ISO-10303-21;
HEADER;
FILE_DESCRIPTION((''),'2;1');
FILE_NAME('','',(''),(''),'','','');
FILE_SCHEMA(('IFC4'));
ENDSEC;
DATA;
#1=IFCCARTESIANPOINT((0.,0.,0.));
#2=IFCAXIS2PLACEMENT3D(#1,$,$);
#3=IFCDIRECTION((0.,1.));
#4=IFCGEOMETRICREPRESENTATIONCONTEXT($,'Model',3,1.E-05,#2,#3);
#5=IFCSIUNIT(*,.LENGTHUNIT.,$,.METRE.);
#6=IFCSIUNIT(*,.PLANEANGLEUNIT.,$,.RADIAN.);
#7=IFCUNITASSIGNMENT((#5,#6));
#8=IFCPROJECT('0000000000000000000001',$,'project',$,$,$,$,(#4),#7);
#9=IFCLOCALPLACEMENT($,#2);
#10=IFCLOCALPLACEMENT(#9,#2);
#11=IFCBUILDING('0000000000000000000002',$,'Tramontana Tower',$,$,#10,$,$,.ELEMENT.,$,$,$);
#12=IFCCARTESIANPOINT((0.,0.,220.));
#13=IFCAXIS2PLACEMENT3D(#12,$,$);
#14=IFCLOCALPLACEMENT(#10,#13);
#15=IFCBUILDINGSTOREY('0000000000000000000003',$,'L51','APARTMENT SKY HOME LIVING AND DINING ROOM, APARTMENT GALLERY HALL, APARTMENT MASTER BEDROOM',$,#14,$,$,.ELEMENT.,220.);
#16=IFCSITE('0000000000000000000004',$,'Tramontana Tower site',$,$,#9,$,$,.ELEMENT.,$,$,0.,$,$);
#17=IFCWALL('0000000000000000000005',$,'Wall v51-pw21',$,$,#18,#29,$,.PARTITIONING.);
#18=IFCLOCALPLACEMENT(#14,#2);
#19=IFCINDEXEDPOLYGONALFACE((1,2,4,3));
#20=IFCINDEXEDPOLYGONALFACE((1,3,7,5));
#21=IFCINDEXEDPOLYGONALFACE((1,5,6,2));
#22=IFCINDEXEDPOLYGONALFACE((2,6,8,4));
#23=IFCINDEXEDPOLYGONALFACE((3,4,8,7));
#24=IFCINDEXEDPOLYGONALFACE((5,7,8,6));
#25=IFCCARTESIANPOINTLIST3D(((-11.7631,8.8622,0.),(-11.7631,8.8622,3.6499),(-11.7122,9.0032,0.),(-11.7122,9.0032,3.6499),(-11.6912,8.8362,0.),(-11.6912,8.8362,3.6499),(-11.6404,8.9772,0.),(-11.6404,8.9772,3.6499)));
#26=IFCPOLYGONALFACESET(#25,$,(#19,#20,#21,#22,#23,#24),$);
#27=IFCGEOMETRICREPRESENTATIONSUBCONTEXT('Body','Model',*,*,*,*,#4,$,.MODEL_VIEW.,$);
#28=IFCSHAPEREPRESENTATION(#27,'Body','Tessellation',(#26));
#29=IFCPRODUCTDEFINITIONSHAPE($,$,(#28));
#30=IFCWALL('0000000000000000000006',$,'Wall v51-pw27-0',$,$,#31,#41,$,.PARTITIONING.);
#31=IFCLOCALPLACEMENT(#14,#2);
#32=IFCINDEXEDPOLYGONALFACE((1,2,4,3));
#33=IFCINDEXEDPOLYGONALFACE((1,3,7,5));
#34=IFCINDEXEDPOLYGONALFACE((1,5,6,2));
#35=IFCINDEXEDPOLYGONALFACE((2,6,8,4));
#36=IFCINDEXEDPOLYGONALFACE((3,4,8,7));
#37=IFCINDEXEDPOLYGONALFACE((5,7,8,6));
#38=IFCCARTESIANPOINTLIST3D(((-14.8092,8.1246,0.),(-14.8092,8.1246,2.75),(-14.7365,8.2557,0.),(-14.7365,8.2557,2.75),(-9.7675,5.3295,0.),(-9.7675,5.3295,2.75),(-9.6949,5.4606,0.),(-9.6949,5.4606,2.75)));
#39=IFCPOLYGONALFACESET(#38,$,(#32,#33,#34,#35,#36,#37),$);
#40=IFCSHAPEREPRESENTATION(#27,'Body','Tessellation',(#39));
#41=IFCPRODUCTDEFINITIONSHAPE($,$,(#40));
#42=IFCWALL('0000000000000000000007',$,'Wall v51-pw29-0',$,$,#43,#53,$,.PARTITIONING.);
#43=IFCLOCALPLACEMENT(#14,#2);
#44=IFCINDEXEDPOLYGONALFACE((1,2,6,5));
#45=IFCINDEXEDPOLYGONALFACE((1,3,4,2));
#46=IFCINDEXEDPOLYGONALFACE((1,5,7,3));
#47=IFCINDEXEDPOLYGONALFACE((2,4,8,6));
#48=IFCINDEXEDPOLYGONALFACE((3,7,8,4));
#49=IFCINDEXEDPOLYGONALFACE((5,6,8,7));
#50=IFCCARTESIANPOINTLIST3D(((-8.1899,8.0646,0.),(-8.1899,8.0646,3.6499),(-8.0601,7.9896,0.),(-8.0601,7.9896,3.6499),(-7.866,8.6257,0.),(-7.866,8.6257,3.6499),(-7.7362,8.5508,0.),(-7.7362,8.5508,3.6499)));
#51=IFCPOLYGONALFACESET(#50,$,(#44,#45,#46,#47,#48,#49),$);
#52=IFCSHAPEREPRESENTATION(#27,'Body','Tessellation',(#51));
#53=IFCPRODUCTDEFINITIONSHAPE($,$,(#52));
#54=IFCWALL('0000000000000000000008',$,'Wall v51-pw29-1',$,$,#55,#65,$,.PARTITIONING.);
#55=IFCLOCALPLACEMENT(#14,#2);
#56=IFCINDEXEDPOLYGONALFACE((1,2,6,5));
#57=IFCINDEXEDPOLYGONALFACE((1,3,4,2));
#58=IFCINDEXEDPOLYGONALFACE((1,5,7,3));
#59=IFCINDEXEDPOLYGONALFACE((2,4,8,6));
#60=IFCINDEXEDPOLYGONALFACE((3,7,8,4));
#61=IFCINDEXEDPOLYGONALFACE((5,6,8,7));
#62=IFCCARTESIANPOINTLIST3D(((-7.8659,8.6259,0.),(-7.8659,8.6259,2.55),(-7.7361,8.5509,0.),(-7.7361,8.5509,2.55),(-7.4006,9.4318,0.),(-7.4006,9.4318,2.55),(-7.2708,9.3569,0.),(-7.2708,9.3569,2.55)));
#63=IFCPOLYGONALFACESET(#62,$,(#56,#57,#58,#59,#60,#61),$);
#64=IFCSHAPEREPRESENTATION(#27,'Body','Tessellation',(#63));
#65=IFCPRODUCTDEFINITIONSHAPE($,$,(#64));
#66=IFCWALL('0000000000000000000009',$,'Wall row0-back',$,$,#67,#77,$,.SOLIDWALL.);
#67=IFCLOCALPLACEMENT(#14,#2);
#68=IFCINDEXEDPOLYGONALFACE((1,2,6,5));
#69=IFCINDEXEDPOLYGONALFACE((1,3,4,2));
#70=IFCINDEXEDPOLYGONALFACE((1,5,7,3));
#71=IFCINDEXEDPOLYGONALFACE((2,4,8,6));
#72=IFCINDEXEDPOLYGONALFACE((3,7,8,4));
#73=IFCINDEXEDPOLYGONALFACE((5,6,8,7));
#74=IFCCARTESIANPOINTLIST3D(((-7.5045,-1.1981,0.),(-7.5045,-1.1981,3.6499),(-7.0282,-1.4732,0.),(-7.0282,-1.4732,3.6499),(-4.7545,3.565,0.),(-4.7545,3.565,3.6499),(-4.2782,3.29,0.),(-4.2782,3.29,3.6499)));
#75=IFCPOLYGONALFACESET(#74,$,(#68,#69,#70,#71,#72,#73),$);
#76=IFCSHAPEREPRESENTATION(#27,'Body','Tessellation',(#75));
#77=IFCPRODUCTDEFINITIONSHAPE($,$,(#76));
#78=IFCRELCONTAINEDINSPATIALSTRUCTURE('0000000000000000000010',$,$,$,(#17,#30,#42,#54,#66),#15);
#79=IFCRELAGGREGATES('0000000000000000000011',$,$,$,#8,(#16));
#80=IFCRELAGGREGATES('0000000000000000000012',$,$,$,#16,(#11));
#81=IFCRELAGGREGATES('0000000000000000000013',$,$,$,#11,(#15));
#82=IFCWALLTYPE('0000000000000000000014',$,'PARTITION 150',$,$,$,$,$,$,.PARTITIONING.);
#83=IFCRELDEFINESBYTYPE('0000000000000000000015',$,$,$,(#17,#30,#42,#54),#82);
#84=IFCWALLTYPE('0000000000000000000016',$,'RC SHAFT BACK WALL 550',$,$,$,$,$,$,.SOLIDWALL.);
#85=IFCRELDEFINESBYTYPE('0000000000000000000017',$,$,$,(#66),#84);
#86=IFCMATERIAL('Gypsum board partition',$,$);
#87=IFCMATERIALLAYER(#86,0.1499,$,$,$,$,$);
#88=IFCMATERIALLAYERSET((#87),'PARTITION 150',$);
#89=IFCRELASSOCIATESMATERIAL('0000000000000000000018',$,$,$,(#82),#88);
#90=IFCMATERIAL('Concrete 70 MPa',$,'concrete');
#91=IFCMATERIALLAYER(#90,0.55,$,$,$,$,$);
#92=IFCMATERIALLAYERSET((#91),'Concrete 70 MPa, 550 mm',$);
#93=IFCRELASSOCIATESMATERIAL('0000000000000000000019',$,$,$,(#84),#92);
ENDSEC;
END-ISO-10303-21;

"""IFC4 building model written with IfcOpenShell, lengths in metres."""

from ifc_helpers import new_model, si_unit, direction, frame, frame_2d, origin, place, context, subcontext, project, spatial, rectangle, extrude, material, layer, layer_set, type_object, element, save


model = new_model("IFC4")

# Units and contexts
model_context = context("Model", 3, precision=1e-05, world=origin(), true_north=direction((0.0, 1.0)))
body_context = subcontext(model_context, "Body", "Model", "MODEL_VIEW")
ifc_project = project(units=[si_unit("LENGTHUNIT", "METRE"), si_unit("PLANEANGLEUNIT", "RADIAN")], contexts=[model_context])

# Site, building, storey
site_placement = place(None, origin())
site = spatial("IfcSite", under=ifc_project, at=site_placement, Name="Tramontana Tower site", CompositionType="ELEMENT", RefElevation=0.0)
building_placement = place(site_placement, origin())
building = spatial("IfcBuilding", under=site, at=building_placement, Name="Tramontana Tower", CompositionType="ELEMENT")
storey_placement = place(building_placement, frame((0.0, 0.0, 220.0)))
storey = spatial("IfcBuildingStorey", under=building, at=storey_placement, Name="L51", Description="APARTMENT SKY HOME LIVING AND DINING ROOM, APARTMENT GALLERY HALL, APARTMENT MASTER BEDROOM", CompositionType="ELEMENT", Elevation=220.0)

# Walls
ifc_material_1 = material(Name="Gypsum board partition")
ifc_layer_1 = layer(ifc_material_1, 0.1499)
ifc_layer_set_1 = layer_set([ifc_layer_1], Name="PARTITION 150")
wall_type_1 = type_object("IfcWallType", Name="PARTITION 150", PredefinedType="PARTITIONING", material=ifc_layer_set_1)
for number, where, z_axis, x_axis, name in (
    (1, (-11.7375, 8.9326, 0.0), (0.0, 0.0, 1.0), (0.940724, -0.339173, 0.0), "Wall v51-pw21"),
):
    element("IfcWall", number, at=place(storey_placement, frame(where, z_axis=z_axis, x_axis=x_axis)), inside=storey, type_object=wall_type_1, Name=name, PredefinedType="PARTITIONING", context=body_context, shape_type="SweptSolid", body=[
        extrude(rectangle(XDim=0.0764, YDim=0.1499, at=frame_2d((0.0381, 0.0))), origin(), (0.0, 0.0, 1.0), 3.6499),
    ])
wall_1_placement = place(storey_placement, frame((-9.7312, 5.395, 0.0), z_axis=(0.0, 0.0, 1.0), x_axis=(-0.874584, 0.484873, 0.0)))
element("IfcWall", 2, at=wall_1_placement, inside=storey, type_object=wall_type_1, Name="Wall v51-pw27-0", PredefinedType="PARTITIONING", context=body_context, shape_type="SweptSolid", body=[
    extrude(rectangle(XDim=5.7646, YDim=0.1499, at=frame_2d((2.8823, 0.0))), origin(), (0.0, 0.0, 1.0), 2.75),
])

# Walls
wall_2_placement = place(storey_placement, frame((-8.125, 8.0271, 0.0), z_axis=(0.0, 0.0, 1.0), x_axis=(0.499907, 0.866079, 0.0)))
element("IfcWall", 3, at=wall_2_placement, inside=storey, type_object=wall_type_1, Name="Wall v51-pw29-0", PredefinedType="PARTITIONING", context=body_context, shape_type="SweptSolid", body=[
    extrude(rectangle(XDim=0.6479, YDim=0.1499, at=frame_2d((0.324, 0.0))), origin(), (0.0, 0.0, 1.0), 3.6499),
])
wall_3_placement = place(storey_placement, frame((-7.801, 8.5884, 0.0), z_axis=(0.0, 0.0, 1.0), x_axis=(0.500033, 0.866006, 0.0)))
element("IfcWall", 4, at=wall_3_placement, inside=storey, type_object=wall_type_1, Name="Wall v51-pw29-1", PredefinedType="PARTITIONING", context=body_context, shape_type="SweptSolid", body=[
    extrude(rectangle(XDim=0.9307, YDim=0.1499, at=frame_2d((0.4653, 0.0))), origin(), (0.0, 0.0, 1.0), 2.55),
])
ifc_material_2 = material(Name="Concrete 70 MPa", Category="concrete")
ifc_layer_2 = layer(ifc_material_2, 0.55)
ifc_layer_set_2 = layer_set([ifc_layer_2], Name="Concrete 70 MPa, 550 mm")
wall_type_2 = type_object("IfcWallType", Name="RC SHAFT BACK WALL 550", PredefinedType="SOLIDWALL", material=ifc_layer_set_2)
wall_4_placement = place(storey_placement, frame((-4.5164, 3.4275, 0.0), z_axis=(0.0, 0.0, 1.0), x_axis=(-0.499997, -0.866027, 0.0)))
element("IfcWall", 5, at=wall_4_placement, inside=storey, type_object=wall_type_2, Name="Wall row0-back", PredefinedType="SOLIDWALL", context=body_context, shape_type="SweptSolid", body=[
    extrude(rectangle(XDim=5.5, YDim=0.55, at=frame_2d((2.75, 0.0))), origin(), (0.0, 0.0, 1.0), 3.6499),
])

save(model, "model.ifc")
